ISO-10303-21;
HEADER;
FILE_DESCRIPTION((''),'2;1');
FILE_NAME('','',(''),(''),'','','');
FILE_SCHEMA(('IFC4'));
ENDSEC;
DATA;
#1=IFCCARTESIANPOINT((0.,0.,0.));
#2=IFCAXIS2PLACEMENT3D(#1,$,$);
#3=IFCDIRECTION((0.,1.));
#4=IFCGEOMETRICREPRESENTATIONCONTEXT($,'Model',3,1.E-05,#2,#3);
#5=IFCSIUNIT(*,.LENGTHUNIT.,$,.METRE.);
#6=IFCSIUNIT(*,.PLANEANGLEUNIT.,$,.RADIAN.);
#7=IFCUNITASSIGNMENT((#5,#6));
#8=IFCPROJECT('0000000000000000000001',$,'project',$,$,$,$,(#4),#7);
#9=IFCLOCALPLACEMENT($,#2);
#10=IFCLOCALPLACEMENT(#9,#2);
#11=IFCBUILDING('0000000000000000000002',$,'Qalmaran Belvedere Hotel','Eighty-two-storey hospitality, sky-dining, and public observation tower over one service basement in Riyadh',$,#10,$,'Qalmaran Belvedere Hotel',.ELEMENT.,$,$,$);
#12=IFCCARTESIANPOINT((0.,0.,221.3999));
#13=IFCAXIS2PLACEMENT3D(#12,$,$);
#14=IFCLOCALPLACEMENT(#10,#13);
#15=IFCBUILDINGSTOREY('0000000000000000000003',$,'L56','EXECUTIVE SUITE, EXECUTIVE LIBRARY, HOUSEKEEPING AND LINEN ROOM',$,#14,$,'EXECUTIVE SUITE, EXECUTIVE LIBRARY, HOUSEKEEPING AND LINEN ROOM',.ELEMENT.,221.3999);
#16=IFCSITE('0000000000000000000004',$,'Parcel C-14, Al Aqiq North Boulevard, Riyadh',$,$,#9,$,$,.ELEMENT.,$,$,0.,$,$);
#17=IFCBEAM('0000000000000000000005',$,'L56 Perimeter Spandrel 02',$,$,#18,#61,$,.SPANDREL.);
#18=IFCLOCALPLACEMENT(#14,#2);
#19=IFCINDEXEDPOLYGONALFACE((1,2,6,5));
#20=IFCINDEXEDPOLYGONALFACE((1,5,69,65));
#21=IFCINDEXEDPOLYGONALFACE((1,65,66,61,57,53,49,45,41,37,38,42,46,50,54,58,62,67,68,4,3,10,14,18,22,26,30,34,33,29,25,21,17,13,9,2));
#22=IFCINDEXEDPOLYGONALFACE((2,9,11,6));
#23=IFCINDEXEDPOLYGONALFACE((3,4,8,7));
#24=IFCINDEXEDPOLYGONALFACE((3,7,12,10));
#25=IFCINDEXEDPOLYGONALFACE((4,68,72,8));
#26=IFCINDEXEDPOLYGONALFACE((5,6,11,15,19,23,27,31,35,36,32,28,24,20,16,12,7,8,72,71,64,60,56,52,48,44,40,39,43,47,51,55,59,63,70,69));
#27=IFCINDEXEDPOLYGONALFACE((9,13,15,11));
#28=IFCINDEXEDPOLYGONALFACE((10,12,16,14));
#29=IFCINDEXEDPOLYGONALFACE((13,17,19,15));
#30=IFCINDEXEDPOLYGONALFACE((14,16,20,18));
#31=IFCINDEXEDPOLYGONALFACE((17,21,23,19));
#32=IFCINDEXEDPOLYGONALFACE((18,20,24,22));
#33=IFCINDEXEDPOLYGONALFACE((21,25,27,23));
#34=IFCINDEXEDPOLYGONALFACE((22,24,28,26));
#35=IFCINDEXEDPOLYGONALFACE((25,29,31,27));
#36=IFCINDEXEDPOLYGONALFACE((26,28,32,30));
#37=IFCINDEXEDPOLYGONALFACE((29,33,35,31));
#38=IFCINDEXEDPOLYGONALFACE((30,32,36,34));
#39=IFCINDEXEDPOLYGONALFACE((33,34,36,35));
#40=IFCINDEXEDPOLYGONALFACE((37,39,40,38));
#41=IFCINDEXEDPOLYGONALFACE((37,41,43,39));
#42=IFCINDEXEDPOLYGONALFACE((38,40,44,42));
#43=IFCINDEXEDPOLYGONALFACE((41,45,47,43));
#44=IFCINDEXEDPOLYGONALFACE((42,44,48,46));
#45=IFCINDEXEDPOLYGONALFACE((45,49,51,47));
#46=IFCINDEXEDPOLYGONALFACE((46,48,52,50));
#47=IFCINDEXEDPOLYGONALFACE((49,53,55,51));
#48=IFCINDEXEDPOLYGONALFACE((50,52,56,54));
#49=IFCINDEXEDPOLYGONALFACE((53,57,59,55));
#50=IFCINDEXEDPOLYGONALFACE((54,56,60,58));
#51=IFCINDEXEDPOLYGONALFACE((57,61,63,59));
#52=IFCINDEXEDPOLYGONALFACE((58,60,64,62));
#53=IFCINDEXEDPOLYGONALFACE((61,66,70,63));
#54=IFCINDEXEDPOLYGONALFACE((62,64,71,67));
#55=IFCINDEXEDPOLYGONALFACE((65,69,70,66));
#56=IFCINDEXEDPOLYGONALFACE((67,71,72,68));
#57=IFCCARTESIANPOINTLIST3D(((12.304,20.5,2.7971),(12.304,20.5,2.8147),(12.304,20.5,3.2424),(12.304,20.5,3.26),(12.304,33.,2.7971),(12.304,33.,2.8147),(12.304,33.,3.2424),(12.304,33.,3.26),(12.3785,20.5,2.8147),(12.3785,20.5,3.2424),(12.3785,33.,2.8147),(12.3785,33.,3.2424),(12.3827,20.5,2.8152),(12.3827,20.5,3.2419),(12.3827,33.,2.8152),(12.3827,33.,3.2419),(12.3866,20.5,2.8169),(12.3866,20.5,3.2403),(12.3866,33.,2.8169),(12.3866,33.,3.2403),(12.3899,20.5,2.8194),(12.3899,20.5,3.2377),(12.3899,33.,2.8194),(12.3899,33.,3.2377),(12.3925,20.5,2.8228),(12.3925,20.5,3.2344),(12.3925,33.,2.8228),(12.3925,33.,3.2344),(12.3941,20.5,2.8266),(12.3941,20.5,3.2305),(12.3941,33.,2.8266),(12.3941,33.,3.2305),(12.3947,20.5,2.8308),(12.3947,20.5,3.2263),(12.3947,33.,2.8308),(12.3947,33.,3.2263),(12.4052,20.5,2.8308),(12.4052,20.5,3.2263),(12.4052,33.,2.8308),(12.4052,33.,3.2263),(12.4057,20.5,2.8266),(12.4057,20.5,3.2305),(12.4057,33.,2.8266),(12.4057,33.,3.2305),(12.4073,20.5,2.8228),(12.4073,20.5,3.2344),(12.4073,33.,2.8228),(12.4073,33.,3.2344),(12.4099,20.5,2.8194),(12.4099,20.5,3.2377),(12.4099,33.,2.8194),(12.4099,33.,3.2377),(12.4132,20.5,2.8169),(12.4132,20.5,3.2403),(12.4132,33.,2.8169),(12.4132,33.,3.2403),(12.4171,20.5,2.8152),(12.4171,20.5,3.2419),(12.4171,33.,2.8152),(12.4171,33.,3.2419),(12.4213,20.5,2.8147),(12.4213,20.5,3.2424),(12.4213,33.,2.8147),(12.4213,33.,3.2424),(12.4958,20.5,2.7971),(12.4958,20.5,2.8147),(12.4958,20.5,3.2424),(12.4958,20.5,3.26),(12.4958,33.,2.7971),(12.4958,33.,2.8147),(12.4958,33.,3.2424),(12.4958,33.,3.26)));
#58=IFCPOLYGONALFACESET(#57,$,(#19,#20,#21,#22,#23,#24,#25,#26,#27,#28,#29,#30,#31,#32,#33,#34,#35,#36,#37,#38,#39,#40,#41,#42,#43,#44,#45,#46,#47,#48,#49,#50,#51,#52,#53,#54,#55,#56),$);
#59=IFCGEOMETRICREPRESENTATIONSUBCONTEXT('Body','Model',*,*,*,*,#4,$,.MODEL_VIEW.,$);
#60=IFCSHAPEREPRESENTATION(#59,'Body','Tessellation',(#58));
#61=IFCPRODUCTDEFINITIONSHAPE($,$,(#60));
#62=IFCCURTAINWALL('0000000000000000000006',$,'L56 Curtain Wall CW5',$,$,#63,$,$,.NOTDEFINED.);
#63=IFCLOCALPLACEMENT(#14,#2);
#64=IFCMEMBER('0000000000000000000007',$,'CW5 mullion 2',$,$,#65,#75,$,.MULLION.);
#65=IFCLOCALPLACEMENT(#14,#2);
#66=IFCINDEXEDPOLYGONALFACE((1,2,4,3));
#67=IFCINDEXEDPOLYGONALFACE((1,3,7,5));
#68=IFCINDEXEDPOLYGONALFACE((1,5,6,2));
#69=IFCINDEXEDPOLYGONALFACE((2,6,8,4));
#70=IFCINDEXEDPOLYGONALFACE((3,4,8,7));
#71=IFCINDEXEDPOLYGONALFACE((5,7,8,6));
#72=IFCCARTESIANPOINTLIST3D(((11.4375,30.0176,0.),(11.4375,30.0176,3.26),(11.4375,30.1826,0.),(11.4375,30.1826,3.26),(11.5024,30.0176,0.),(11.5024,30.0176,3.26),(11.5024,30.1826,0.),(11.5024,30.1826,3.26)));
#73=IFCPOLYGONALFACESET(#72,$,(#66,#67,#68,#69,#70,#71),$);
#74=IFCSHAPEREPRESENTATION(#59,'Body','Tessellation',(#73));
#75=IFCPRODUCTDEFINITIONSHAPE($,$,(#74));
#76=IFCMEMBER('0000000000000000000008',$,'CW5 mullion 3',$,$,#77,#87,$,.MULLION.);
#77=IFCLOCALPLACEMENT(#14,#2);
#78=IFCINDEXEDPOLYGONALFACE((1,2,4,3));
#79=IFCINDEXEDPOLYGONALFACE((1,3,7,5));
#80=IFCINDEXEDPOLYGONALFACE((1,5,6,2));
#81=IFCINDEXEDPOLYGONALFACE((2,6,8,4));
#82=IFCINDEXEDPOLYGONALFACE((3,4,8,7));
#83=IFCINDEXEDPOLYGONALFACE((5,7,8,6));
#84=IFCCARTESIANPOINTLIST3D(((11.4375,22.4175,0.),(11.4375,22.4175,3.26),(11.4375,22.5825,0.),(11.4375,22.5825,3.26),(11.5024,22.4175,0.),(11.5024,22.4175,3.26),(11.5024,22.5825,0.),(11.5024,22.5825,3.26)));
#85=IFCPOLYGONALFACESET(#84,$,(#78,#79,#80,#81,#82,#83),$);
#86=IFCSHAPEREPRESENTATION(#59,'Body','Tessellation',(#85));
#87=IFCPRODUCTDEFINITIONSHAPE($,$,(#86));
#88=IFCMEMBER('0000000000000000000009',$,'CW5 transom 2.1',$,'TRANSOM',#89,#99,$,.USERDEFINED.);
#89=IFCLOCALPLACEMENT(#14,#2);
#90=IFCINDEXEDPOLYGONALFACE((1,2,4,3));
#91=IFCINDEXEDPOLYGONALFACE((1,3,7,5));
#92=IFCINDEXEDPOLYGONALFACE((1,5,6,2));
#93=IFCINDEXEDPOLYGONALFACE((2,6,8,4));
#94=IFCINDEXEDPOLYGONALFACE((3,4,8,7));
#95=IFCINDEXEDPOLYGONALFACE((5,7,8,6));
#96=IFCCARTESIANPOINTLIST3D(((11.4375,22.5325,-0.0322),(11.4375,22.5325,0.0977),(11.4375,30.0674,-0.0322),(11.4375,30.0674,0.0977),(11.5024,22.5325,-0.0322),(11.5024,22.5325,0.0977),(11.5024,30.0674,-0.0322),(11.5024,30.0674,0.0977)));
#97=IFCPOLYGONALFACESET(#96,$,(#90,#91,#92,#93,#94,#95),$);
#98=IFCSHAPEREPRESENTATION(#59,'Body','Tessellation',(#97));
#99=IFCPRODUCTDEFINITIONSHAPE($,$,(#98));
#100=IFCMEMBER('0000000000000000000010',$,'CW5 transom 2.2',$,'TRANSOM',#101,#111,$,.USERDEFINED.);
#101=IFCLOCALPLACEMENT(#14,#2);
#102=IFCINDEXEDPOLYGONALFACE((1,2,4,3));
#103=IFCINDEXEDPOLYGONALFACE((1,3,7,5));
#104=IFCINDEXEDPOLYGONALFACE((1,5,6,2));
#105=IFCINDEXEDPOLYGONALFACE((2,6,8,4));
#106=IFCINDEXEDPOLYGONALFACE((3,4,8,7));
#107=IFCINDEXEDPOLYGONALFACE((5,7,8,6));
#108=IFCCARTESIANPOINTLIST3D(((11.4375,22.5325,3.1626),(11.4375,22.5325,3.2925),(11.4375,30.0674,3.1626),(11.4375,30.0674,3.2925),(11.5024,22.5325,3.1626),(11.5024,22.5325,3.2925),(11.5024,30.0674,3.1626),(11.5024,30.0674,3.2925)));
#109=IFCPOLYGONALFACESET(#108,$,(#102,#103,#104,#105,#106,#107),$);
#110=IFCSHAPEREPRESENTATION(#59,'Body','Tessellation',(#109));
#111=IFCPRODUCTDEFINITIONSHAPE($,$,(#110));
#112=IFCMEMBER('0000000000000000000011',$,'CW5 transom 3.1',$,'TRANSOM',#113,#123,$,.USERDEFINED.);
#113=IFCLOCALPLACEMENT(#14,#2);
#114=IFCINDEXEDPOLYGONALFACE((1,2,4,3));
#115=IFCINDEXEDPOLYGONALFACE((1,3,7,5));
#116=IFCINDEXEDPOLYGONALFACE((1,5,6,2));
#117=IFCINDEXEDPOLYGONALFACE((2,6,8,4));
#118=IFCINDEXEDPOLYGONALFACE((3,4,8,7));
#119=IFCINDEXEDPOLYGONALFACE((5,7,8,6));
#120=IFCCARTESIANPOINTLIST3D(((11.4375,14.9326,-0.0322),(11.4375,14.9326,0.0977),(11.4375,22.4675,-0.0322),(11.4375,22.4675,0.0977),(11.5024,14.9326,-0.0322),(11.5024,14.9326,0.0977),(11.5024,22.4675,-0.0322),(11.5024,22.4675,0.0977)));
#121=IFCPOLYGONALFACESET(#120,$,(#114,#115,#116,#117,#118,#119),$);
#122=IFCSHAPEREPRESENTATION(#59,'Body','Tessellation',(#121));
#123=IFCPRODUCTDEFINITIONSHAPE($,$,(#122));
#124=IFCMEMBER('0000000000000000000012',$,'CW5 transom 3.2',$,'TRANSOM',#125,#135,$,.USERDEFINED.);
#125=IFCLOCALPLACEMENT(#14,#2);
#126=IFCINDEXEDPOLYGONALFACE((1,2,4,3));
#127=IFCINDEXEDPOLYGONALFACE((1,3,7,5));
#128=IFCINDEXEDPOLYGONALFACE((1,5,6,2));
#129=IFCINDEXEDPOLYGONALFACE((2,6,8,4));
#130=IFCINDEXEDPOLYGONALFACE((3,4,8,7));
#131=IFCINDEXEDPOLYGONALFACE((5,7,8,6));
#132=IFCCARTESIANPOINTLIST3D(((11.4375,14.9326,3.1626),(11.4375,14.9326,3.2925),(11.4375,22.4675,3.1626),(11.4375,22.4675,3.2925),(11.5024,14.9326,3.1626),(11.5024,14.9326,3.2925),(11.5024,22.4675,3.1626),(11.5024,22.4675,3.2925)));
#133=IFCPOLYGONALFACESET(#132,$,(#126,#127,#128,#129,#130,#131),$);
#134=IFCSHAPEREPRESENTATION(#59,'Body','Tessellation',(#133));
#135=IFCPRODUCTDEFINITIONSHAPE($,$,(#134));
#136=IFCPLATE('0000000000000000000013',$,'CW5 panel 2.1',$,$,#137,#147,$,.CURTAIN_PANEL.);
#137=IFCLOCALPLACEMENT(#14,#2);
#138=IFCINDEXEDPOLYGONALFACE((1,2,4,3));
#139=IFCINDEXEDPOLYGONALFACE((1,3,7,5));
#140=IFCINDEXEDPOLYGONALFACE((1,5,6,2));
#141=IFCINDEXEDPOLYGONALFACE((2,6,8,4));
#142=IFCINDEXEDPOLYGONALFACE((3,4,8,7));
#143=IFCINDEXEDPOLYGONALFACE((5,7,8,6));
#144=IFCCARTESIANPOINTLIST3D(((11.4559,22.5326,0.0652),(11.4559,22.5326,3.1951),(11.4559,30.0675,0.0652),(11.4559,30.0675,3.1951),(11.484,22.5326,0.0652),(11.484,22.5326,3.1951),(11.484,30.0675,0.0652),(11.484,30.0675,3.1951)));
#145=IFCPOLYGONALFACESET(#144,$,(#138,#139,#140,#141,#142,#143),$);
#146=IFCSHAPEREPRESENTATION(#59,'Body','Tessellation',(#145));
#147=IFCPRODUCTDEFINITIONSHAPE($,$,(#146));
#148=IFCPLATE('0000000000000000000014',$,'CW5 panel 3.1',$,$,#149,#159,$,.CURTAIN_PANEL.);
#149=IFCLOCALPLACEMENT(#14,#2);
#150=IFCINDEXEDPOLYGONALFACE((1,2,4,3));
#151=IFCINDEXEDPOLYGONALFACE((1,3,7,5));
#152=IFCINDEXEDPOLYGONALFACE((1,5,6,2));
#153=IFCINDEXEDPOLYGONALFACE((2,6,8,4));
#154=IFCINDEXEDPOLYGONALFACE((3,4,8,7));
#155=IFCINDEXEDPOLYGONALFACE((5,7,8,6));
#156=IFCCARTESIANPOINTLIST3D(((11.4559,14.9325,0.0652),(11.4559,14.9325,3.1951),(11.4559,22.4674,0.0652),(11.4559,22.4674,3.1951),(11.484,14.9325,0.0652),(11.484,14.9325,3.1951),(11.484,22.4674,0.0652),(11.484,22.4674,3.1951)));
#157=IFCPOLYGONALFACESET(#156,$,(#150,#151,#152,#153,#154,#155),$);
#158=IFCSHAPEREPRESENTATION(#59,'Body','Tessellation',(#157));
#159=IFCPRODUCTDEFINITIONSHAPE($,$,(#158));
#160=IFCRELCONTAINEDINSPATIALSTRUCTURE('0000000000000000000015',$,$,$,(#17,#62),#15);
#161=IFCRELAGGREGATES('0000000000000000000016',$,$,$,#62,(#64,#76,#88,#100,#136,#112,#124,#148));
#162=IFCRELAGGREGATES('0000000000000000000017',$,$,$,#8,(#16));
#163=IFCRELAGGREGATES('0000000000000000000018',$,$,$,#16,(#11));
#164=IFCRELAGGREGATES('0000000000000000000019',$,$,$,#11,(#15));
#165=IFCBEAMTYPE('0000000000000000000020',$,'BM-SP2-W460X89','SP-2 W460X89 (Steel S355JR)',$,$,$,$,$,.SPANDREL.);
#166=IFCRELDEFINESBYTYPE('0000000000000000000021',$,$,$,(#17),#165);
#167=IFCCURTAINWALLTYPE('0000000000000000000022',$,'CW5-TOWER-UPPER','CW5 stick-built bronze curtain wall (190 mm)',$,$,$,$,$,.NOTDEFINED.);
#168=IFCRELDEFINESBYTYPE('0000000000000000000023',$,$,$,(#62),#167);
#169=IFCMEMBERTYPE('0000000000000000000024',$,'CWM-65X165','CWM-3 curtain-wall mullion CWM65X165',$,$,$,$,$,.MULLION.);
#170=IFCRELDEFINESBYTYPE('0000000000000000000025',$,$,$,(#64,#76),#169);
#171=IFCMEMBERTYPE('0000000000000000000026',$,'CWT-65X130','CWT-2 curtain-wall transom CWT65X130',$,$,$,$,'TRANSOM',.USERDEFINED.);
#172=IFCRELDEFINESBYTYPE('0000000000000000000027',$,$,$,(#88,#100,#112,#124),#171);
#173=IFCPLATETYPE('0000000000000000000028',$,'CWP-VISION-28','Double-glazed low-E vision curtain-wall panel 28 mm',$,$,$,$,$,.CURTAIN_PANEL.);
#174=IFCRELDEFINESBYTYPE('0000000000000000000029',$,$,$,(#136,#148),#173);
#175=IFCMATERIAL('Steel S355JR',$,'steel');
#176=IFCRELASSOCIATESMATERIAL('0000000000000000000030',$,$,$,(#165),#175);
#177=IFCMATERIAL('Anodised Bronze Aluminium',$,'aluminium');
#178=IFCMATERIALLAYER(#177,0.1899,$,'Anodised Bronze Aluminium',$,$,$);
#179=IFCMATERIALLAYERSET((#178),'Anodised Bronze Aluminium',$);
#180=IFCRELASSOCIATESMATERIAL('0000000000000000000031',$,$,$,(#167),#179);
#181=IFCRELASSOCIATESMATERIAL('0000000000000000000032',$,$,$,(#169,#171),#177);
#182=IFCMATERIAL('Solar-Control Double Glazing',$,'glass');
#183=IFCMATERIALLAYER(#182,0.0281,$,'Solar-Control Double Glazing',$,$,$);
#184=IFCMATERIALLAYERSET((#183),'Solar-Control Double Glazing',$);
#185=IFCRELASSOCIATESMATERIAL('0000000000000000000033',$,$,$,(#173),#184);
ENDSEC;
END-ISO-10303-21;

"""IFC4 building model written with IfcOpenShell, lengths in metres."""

from ifc_helpers import new_model, si_unit, direction, frame, origin, origin_2d, place, context, subcontext, project, spatial, rectangle, i_section, extrude, material, layer, layer_set, material_profile, profile_set, type_object, element, aggregate, save


model = new_model("IFC4")

# Units and contexts
model_context = context("Model", 3, precision=1e-05, world=origin(), true_north=direction((0.0, 1.0)))
body_context = subcontext(model_context, "Body", "Model", "MODEL_VIEW")
ifc_project = project(units=[si_unit("LENGTHUNIT", "METRE"), si_unit("PLANEANGLEUNIT", "RADIAN")], contexts=[model_context])

# Site, building, storey
site_placement = place(None, origin())
site = spatial("IfcSite", under=ifc_project, at=site_placement, Name="Parcel C-14, Al Aqiq North Boulevard, Riyadh", CompositionType="ELEMENT", RefElevation=0.0)
building_placement = place(site_placement, origin())
building = spatial("IfcBuilding", under=site, at=building_placement, Name="Qalmaran Belvedere Hotel", Description="Eighty-two-storey hospitality, sky-dining, and public observation tower over one service basement in Riyadh", LongName="Qalmaran Belvedere Hotel", CompositionType="ELEMENT")
storey_placement = place(building_placement, frame((0.0, 0.0, 221.3999)))
storey = spatial("IfcBuildingStorey", under=building, at=storey_placement, Name="L56", Description="EXECUTIVE SUITE, EXECUTIVE LIBRARY, HOUSEKEEPING AND LINEN ROOM", LongName="EXECUTIVE SUITE, EXECUTIVE LIBRARY, HOUSEKEEPING AND LINEN ROOM", CompositionType="ELEMENT", Elevation=221.3999)

# Beam
ifc_material_1 = material(Name="Steel S355JR", Category="steel")
ifc_material_profile_1 = material_profile(ifc_material_1, i_section(OverallWidth=0.1919, OverallDepth=0.4629, WebThickness=0.0105, FlangeThickness=0.0176, FilletRadius=0.0161, at=origin_2d()), Name="W460X89")
ifc_profile_set_1 = profile_set([ifc_material_profile_1], Name="Steel S355JR")
beam_type_1 = type_object("IfcBeamType", Name="BM-SP2-W460X89", Description="SP-2 W460X89 (Steel S355JR)", PredefinedType="SPANDREL", material=ifc_profile_set_1)
beam_1_placement = place(storey_placement, frame((12.3999, 20.5, 3.0286), z_axis=(0.0, 1.0, 0.0), x_axis=(-1.0, 0.0, 0.0)))
element("IfcBeam", 1, at=beam_1_placement, inside=storey, type_object=beam_type_1, Name="L56 Perimeter Spandrel 02", PredefinedType="SPANDREL", context=body_context, shape_type="SweptSolid", body=[
    extrude(i_section(OverallWidth=0.1919, OverallDepth=0.4629, WebThickness=0.0105, FlangeThickness=0.0176, FilletRadius=0.0161, at=origin_2d()), origin(), (0.0, 0.0, 1.0), 12.5),
])

# Curtain wall, members, plates
ifc_material_2 = material(Name="Anodised Bronze Aluminium", Category="aluminium")
ifc_layer_1 = layer(ifc_material_2, 0.1899, Name="Anodised Bronze Aluminium")
ifc_layer_set_1 = layer_set([ifc_layer_1], Name="Anodised Bronze Aluminium")
curtain_wall_type = type_object("IfcCurtainWallType", Name="CW5-TOWER-UPPER", Description="CW5 stick-built bronze curtain wall (190 mm)", PredefinedType="NOTDEFINED", material=ifc_layer_set_1)
curtain_wall_placement = place(storey_placement, origin())
curtain_wall = element("IfcCurtainWall", 2, at=curtain_wall_placement, inside=storey, type_object=curtain_wall_type, Name="L56 Curtain Wall CW5", PredefinedType="NOTDEFINED")
ifc_material_profile_2 = material_profile(ifc_material_2, rectangle(XDim=0.0649, YDim=0.165, at=origin_2d()), Name="CWM65X165")
ifc_profile_set_2 = profile_set([ifc_material_profile_2], Name="Anodised Bronze Aluminium")
member_type_1 = type_object("IfcMemberType", Name="CWM-65X165", Description="CWM-3 curtain-wall mullion CWM65X165", PredefinedType="MULLION", material=ifc_profile_set_2)
member_1_placement = place(storey_placement, frame((11.47, 30.1001, 0.0), z_axis=(0.0, 0.0, 1.0), x_axis=(1.0, 0.0, 0.0)))
member_1 = element("IfcMember", 3, at=member_1_placement, type_object=member_type_1, Name="CW5 mullion 2", PredefinedType="MULLION", context=body_context, shape_type="SweptSolid", body=[
    extrude(rectangle(XDim=0.0649, YDim=0.165, at=origin_2d()), origin(), (0.0, 0.0, 1.0), 3.26),
])
member_2_placement = place(storey_placement, frame((11.47, 22.5, 0.0), z_axis=(0.0, 0.0, 1.0), x_axis=(1.0, 0.0, 0.0)))
member_2 = element("IfcMember", 4, at=member_2_placement, type_object=member_type_1, Name="CW5 mullion 3", PredefinedType="MULLION", context=body_context, shape_type="SweptSolid", body=[
    extrude(rectangle(XDim=0.0649, YDim=0.165, at=origin_2d()), origin(), (0.0, 0.0, 1.0), 3.26),
])
ifc_material_profile_3 = material_profile(ifc_material_2, rectangle(XDim=0.0649, YDim=0.1299, at=origin_2d()), Name="CWT65X130")
ifc_profile_set_3 = profile_set([ifc_material_profile_3], Name="Anodised Bronze Aluminium")
member_type_2 = type_object("IfcMemberType", Name="CWT-65X130", Description="CWT-2 curtain-wall transom CWT65X130", ElementType="TRANSOM", PredefinedType="USERDEFINED", material=ifc_profile_set_3)
member_3_placement = place(storey_placement, frame((11.47, 30.0674, 0.0327), z_axis=(0.0, -1.0, 0.0), x_axis=(1.0, 0.0, 0.0)))
member_3 = element("IfcMember", 5, at=member_3_placement, type_object=member_type_2, Name="CW5 transom 2.1", ObjectType="TRANSOM", PredefinedType="USERDEFINED", context=body_context, shape_type="SweptSolid", body=[
    extrude(rectangle(XDim=0.0649, YDim=0.1299, at=origin_2d()), origin(), (0.0, 0.0, 1.0), 7.5349),
])
member_4_placement = place(storey_placement, frame((11.47, 30.0674, 3.2275), z_axis=(0.0, -1.0, 0.0), x_axis=(1.0, 0.0, 0.0)))
member_4 = element("IfcMember", 6, at=member_4_placement, type_object=member_type_2, Name="CW5 transom 2.2", ObjectType="TRANSOM", PredefinedType="USERDEFINED", context=body_context, shape_type="SweptSolid", body=[
    extrude(rectangle(XDim=0.0649, YDim=0.1299, at=origin_2d()), origin(), (0.0, 0.0, 1.0), 7.5349),
])
member_5_placement = place(storey_placement, frame((11.47, 22.4675, 0.0327), z_axis=(0.0, -1.0, 0.0), x_axis=(1.0, 0.0, 0.0)))
member_5 = element("IfcMember", 7, at=member_5_placement, type_object=member_type_2, Name="CW5 transom 3.1", ObjectType="TRANSOM", PredefinedType="USERDEFINED", context=body_context, shape_type="SweptSolid", body=[
    extrude(rectangle(XDim=0.0649, YDim=0.1299, at=origin_2d()), origin(), (0.0, 0.0, 1.0), 7.5349),
])
member_6_placement = place(storey_placement, frame((11.47, 22.4675, 3.2275), z_axis=(0.0, -1.0, 0.0), x_axis=(1.0, 0.0, 0.0)))
member_6 = element("IfcMember", 8, at=member_6_placement, type_object=member_type_2, Name="CW5 transom 3.2", ObjectType="TRANSOM", PredefinedType="USERDEFINED", context=body_context, shape_type="SweptSolid", body=[
    extrude(rectangle(XDim=0.0649, YDim=0.1299, at=origin_2d()), origin(), (0.0, 0.0, 1.0), 7.5349),
])
ifc_material_3 = material(Name="Solar-Control Double Glazing", Category="glass")
ifc_layer_2 = layer(ifc_material_3, 0.0281, Name="Solar-Control Double Glazing")
ifc_layer_set_2 = layer_set([ifc_layer_2], Name="Solar-Control Double Glazing")
plate_type = type_object("IfcPlateType", Name="CWP-VISION-28", Description="Double-glazed low-E vision curtain-wall panel 28 mm", PredefinedType="CURTAIN_PANEL", material=ifc_layer_set_2)
plate_1_placement = place(storey_placement, frame((11.47, 26.3, 0.0652), z_axis=(0.0, 0.0, 1.0), x_axis=(0.0, -1.0, 0.0)))
plate_1 = element("IfcPlate", 9, at=plate_1_placement, type_object=plate_type, Name="CW5 panel 2.1", PredefinedType="CURTAIN_PANEL", context=body_context, shape_type="SweptSolid", body=[
    extrude(rectangle(XDim=7.5349, YDim=0.0281, at=origin_2d()), origin(), (0.0, 0.0, 1.0), 3.1299),
])
plate_2_placement = place(storey_placement, frame((11.47, 18.7, 0.0652), z_axis=(0.0, 0.0, 1.0), x_axis=(0.0, -1.0, 0.0)))
plate_2 = element("IfcPlate", 10, at=plate_2_placement, type_object=plate_type, Name="CW5 panel 3.1", PredefinedType="CURTAIN_PANEL", context=body_context, shape_type="SweptSolid", body=[
    extrude(rectangle(XDim=7.5349, YDim=0.0281, at=origin_2d()), origin(), (0.0, 0.0, 1.0), 3.1299),
])
aggregate(curtain_wall, [member_1, member_2, member_3, member_4, plate_1, member_5, member_6, plate_2])

save(model, "model.ifc")
